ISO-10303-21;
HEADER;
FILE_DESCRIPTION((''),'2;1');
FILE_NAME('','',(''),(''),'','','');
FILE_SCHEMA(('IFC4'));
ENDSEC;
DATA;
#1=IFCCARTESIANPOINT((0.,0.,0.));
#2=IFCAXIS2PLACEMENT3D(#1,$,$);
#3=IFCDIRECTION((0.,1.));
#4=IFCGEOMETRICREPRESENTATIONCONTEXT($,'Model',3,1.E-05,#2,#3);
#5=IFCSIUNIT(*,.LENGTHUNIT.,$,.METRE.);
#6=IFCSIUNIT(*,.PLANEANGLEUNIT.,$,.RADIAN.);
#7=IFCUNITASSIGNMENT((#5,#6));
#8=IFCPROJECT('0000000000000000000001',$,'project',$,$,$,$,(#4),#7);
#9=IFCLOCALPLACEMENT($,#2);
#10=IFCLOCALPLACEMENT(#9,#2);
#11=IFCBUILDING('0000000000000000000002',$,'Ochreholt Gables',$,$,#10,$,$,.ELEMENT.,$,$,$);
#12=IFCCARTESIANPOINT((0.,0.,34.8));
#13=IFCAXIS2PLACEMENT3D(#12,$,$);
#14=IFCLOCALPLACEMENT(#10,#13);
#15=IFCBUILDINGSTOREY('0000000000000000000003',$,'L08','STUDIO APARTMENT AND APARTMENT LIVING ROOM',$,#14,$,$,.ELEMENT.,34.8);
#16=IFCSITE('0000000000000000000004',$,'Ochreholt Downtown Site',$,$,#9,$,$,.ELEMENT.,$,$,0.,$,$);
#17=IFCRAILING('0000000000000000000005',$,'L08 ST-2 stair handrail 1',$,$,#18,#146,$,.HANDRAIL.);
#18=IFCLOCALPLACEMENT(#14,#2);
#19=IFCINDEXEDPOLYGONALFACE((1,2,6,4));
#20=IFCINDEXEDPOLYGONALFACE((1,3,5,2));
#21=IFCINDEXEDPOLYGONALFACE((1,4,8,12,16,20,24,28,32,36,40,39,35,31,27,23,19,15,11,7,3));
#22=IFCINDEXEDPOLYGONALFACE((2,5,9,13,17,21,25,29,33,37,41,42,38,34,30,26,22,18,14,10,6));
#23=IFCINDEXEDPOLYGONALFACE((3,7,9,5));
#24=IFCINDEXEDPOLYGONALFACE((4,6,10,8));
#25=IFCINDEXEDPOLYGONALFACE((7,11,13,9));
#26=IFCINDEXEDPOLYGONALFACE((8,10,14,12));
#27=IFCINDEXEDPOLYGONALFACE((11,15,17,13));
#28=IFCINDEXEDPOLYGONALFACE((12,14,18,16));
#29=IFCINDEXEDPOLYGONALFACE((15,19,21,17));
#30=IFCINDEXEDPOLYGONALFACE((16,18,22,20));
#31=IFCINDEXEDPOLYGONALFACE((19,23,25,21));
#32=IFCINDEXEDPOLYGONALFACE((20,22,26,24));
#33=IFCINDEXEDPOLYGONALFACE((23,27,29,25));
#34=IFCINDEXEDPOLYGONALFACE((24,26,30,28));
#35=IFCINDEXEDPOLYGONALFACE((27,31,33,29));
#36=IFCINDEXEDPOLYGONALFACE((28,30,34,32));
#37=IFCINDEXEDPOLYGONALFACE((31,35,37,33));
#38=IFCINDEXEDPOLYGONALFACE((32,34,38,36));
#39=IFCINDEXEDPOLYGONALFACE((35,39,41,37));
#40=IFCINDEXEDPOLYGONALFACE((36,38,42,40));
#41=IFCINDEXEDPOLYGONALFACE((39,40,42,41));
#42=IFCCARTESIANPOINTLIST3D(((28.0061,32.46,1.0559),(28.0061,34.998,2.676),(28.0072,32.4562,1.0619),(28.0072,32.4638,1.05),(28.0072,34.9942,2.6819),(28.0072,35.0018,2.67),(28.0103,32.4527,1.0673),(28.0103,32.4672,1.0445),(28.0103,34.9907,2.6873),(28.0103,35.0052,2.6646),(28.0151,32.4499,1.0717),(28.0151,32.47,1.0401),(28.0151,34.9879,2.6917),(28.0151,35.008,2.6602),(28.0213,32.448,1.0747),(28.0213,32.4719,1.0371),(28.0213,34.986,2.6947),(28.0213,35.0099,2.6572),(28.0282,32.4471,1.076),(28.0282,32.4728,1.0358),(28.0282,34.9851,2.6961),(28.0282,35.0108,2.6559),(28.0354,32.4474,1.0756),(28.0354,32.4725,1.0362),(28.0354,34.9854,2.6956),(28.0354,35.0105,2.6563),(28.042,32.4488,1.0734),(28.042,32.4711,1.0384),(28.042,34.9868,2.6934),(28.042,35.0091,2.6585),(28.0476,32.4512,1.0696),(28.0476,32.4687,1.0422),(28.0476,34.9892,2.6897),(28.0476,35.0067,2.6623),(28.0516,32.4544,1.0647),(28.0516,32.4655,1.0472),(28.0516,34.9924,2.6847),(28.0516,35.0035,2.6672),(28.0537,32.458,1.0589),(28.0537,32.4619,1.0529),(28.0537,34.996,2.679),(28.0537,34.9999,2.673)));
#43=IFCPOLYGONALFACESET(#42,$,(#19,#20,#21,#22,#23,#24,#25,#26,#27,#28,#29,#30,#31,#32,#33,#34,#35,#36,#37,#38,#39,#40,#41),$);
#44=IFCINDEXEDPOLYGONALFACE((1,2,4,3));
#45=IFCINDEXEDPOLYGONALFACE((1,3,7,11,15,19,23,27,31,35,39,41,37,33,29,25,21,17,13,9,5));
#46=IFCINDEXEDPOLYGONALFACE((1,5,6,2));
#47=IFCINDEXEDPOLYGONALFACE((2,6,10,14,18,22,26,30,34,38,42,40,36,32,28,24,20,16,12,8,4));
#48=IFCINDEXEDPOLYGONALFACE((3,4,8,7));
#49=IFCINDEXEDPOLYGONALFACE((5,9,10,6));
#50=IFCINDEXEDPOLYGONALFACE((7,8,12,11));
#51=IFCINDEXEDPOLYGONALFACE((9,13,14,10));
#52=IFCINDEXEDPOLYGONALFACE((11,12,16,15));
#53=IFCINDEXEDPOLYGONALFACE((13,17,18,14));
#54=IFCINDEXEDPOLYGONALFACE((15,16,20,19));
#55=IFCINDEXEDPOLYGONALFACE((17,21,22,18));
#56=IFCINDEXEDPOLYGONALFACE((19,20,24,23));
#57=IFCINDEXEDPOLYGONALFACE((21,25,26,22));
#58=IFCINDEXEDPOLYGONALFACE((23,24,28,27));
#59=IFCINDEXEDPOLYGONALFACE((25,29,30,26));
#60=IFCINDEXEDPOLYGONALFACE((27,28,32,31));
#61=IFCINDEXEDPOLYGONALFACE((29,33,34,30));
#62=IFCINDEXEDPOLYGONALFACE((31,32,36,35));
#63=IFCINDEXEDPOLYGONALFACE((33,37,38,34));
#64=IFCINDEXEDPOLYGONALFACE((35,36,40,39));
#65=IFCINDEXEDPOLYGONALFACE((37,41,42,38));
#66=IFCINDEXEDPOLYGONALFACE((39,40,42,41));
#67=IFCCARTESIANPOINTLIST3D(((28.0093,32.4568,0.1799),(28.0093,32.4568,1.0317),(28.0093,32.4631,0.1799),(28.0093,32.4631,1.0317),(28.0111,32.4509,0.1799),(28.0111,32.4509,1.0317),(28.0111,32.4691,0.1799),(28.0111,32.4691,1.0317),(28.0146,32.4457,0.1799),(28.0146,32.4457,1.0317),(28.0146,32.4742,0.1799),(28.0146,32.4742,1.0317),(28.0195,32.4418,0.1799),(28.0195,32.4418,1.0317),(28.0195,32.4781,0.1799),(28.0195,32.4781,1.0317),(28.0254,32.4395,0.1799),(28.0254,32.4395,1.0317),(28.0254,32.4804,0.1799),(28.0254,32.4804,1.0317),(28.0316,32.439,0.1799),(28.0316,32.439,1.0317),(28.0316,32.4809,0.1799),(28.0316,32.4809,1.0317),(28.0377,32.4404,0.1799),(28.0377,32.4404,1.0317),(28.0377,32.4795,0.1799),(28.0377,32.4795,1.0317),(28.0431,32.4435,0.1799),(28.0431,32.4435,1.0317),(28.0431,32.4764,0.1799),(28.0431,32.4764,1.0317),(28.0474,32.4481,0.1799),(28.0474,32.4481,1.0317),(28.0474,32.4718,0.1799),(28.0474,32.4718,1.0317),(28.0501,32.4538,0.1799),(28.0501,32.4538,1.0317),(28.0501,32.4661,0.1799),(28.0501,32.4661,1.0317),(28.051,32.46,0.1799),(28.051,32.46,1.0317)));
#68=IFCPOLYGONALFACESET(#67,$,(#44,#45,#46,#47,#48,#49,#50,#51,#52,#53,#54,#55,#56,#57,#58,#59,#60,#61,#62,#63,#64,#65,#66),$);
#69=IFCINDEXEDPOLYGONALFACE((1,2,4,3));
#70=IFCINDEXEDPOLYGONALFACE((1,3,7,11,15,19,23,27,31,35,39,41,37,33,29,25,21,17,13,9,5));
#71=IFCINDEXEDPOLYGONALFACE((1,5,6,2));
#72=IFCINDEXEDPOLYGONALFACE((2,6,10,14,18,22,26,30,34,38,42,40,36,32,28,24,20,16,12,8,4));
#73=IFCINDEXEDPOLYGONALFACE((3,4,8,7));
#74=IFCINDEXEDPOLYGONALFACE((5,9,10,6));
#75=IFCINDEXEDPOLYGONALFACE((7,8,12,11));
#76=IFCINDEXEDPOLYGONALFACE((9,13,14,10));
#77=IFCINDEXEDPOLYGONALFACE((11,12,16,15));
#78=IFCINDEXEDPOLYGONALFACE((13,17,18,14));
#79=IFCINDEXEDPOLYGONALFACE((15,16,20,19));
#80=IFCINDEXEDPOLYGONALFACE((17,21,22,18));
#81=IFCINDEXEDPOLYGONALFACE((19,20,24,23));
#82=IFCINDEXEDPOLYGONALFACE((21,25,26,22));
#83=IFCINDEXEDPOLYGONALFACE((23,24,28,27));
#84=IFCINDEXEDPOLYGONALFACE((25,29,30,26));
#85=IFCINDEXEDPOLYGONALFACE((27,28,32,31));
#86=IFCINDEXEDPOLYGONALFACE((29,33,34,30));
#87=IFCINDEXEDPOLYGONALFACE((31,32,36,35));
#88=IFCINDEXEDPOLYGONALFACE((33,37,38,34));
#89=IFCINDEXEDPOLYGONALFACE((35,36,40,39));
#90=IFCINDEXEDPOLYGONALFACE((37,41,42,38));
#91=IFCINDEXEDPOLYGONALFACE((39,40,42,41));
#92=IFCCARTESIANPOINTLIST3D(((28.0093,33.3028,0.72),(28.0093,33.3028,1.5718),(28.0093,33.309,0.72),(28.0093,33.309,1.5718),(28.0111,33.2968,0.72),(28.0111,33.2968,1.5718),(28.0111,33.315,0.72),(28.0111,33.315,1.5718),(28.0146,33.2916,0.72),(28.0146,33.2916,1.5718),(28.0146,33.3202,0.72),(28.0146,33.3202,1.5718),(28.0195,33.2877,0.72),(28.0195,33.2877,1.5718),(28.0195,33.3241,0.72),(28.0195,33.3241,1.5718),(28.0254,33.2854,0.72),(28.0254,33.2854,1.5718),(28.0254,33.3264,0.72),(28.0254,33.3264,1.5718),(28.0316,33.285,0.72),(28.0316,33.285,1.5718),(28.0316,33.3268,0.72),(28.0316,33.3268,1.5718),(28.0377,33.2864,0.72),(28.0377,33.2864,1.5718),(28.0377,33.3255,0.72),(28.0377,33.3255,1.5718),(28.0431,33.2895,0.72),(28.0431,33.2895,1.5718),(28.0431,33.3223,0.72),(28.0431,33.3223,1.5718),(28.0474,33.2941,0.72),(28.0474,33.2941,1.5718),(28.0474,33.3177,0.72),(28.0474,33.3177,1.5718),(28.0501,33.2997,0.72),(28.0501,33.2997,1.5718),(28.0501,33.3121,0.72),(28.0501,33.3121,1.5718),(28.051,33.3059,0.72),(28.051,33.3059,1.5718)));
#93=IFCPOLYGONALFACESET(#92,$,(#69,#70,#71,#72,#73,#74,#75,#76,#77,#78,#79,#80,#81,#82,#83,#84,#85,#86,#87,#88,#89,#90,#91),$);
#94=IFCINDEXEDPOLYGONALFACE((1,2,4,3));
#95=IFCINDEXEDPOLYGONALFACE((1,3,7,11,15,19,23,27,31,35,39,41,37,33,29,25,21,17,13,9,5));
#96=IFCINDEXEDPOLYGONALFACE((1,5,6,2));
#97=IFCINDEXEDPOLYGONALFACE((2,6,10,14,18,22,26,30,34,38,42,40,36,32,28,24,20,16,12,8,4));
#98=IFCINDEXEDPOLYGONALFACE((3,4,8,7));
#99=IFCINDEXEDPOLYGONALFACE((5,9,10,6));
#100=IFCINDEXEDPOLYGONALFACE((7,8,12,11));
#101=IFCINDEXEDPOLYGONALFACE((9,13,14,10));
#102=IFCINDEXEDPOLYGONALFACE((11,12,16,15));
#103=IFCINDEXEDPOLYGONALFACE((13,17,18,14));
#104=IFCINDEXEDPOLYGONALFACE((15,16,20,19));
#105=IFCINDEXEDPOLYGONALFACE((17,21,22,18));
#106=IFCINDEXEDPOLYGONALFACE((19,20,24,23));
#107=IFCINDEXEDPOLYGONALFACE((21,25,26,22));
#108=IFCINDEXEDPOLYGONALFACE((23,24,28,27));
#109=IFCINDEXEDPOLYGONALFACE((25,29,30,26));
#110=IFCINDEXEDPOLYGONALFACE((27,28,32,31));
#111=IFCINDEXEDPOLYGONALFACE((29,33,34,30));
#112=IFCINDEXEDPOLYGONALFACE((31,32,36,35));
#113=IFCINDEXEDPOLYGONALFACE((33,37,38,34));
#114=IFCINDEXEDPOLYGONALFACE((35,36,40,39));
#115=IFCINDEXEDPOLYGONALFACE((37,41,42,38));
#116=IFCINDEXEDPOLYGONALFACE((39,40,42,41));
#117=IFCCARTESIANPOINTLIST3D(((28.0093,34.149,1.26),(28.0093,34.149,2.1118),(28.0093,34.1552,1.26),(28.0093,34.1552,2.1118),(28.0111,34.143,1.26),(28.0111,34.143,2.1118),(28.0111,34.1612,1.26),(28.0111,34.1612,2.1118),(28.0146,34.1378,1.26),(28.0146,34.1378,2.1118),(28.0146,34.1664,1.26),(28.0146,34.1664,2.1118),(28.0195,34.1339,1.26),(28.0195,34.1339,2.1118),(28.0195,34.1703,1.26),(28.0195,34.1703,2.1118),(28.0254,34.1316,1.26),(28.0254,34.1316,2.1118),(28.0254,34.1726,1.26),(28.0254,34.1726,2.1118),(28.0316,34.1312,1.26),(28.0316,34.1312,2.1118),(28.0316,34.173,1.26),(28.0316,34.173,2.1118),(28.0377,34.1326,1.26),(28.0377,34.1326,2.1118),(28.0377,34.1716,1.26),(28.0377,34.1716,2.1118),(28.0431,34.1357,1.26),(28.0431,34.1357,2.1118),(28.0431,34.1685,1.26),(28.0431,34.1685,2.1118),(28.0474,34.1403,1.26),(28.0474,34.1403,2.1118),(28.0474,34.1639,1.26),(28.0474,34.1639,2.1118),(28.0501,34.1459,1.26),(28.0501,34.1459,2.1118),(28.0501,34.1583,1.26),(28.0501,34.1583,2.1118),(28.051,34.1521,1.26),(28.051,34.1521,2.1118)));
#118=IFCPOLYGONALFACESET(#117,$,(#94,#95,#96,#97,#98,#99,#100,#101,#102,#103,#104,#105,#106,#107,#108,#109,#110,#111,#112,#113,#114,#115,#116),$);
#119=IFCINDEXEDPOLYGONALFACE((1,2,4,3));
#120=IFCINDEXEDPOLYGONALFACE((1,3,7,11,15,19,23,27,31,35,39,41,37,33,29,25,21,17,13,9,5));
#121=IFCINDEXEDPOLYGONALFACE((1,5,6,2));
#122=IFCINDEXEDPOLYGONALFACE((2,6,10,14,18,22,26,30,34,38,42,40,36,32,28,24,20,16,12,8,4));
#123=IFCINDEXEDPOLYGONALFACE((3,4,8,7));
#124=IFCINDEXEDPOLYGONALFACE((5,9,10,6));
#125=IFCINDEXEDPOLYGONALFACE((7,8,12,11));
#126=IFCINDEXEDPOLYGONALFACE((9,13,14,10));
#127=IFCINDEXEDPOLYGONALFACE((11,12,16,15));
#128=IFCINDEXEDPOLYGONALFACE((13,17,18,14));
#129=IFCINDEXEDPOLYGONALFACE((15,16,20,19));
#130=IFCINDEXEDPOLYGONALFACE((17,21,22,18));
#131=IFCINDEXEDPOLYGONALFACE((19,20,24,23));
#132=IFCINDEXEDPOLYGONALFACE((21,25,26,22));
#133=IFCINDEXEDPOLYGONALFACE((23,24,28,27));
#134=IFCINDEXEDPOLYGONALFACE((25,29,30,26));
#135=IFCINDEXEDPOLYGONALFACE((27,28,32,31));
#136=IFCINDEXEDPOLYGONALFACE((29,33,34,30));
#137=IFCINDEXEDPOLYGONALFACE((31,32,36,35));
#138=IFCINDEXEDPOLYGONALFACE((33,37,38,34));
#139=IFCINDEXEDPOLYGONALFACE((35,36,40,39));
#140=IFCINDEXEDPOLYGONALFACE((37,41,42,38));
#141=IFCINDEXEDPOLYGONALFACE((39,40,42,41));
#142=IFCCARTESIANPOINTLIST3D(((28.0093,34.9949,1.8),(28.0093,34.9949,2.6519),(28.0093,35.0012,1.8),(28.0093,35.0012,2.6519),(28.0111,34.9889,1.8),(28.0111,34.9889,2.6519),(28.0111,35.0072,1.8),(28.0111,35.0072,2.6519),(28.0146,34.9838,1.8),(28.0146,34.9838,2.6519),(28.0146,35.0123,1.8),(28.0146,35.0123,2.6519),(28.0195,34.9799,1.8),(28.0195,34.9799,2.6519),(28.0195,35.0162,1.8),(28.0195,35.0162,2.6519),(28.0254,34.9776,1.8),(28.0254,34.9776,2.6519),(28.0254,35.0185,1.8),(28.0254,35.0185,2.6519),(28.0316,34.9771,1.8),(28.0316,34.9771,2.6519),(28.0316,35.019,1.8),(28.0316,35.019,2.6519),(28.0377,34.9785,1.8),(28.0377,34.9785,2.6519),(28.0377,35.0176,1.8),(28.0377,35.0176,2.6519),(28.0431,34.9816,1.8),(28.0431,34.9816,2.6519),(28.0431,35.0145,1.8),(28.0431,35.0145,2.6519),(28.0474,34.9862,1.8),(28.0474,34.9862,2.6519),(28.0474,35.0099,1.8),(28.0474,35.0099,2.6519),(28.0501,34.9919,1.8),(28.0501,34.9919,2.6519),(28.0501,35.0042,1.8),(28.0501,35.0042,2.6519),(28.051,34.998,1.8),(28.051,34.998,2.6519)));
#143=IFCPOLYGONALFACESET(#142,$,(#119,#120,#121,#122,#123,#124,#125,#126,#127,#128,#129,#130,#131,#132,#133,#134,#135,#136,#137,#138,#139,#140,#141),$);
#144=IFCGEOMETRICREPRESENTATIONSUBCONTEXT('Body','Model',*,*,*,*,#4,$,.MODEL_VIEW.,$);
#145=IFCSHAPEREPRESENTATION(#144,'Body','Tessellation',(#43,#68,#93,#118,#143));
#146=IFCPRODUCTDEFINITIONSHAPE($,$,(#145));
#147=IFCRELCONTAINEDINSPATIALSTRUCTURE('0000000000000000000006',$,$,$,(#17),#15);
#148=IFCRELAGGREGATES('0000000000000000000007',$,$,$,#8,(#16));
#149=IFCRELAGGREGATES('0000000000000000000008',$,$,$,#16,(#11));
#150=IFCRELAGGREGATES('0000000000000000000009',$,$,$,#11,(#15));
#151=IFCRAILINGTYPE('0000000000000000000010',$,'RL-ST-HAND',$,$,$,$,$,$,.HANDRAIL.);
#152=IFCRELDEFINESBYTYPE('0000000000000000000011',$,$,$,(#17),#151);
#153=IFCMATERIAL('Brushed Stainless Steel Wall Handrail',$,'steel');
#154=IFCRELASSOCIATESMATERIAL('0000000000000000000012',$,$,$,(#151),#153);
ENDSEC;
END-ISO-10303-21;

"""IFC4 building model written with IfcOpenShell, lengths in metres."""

from ifc_helpers import new_model, si_unit, direction, frame, origin, origin_2d, place, context, subcontext, project, spatial, circle, extrude, material, type_object, element, save


model = new_model("IFC4")

# Units and contexts
model_context = context("Model", 3, precision=1e-05, world=origin(), true_north=direction((0.0, 1.0)))
body_context = subcontext(model_context, "Body", "Model", "MODEL_VIEW")
ifc_project = project(units=[si_unit("LENGTHUNIT", "METRE"), si_unit("PLANEANGLEUNIT", "RADIAN")], contexts=[model_context])

# Site, building, storey
site_placement = place(None, origin())
site = spatial("IfcSite", under=ifc_project, at=site_placement, Name="Ochreholt Downtown Site", CompositionType="ELEMENT", RefElevation=0.0)
building_placement = place(site_placement, origin())
building = spatial("IfcBuilding", under=site, at=building_placement, Name="Ochreholt Gables", CompositionType="ELEMENT")
storey_placement = place(building_placement, frame((0.0, 0.0, 34.8)))
storey = spatial("IfcBuildingStorey", under=building, at=storey_placement, Name="L08", Description="STUDIO APARTMENT AND APARTMENT LIVING ROOM", CompositionType="ELEMENT", Elevation=34.8)

# Railing
ifc_material_1 = material(Name="Brushed Stainless Steel Wall Handrail", Category="steel")
railing_type_1 = type_object("IfcRailingType", Name="RL-ST-HAND", PredefinedType="HANDRAIL", material=ifc_material_1)
railing_1_placement = place(storey_placement, frame((28.03, 32.46, 0.1799)))
element("IfcRailing", 1, at=railing_1_placement, inside=storey, type_object=railing_type_1, Name="L08 ST-2 stair handrail 1", PredefinedType="HANDRAIL", context=body_context, shape_type="SweptSolid", body=[
    extrude(circle(Radius=0.0239, at=origin_2d()), frame((0.0, 0.0, 0.876), z_axis=(0.0, 0.842913, 0.53805), x_axis=(-1.0, 0.0, 0.0)), (0.0, 0.0, 1.0), 3.011),
    extrude(circle(Radius=0.021, at=origin_2d()), origin(), (0.0, 0.0, 1.0), 0.8518),
    extrude(circle(Radius=0.021, at=origin_2d()), frame((0.0, 0.8459, 0.54)), (0.0, 0.0, 1.0), 0.8518),
    extrude(circle(Radius=0.021, at=origin_2d()), frame((0.0, 1.6921, 1.0801)), (0.0, 0.0, 1.0), 0.8518),
    extrude(circle(Radius=0.021, at=origin_2d()), frame((0.0, 2.5381, 1.6201)), (0.0, 0.0, 1.0), 0.8518),
])

save(model, "model.ifc")
